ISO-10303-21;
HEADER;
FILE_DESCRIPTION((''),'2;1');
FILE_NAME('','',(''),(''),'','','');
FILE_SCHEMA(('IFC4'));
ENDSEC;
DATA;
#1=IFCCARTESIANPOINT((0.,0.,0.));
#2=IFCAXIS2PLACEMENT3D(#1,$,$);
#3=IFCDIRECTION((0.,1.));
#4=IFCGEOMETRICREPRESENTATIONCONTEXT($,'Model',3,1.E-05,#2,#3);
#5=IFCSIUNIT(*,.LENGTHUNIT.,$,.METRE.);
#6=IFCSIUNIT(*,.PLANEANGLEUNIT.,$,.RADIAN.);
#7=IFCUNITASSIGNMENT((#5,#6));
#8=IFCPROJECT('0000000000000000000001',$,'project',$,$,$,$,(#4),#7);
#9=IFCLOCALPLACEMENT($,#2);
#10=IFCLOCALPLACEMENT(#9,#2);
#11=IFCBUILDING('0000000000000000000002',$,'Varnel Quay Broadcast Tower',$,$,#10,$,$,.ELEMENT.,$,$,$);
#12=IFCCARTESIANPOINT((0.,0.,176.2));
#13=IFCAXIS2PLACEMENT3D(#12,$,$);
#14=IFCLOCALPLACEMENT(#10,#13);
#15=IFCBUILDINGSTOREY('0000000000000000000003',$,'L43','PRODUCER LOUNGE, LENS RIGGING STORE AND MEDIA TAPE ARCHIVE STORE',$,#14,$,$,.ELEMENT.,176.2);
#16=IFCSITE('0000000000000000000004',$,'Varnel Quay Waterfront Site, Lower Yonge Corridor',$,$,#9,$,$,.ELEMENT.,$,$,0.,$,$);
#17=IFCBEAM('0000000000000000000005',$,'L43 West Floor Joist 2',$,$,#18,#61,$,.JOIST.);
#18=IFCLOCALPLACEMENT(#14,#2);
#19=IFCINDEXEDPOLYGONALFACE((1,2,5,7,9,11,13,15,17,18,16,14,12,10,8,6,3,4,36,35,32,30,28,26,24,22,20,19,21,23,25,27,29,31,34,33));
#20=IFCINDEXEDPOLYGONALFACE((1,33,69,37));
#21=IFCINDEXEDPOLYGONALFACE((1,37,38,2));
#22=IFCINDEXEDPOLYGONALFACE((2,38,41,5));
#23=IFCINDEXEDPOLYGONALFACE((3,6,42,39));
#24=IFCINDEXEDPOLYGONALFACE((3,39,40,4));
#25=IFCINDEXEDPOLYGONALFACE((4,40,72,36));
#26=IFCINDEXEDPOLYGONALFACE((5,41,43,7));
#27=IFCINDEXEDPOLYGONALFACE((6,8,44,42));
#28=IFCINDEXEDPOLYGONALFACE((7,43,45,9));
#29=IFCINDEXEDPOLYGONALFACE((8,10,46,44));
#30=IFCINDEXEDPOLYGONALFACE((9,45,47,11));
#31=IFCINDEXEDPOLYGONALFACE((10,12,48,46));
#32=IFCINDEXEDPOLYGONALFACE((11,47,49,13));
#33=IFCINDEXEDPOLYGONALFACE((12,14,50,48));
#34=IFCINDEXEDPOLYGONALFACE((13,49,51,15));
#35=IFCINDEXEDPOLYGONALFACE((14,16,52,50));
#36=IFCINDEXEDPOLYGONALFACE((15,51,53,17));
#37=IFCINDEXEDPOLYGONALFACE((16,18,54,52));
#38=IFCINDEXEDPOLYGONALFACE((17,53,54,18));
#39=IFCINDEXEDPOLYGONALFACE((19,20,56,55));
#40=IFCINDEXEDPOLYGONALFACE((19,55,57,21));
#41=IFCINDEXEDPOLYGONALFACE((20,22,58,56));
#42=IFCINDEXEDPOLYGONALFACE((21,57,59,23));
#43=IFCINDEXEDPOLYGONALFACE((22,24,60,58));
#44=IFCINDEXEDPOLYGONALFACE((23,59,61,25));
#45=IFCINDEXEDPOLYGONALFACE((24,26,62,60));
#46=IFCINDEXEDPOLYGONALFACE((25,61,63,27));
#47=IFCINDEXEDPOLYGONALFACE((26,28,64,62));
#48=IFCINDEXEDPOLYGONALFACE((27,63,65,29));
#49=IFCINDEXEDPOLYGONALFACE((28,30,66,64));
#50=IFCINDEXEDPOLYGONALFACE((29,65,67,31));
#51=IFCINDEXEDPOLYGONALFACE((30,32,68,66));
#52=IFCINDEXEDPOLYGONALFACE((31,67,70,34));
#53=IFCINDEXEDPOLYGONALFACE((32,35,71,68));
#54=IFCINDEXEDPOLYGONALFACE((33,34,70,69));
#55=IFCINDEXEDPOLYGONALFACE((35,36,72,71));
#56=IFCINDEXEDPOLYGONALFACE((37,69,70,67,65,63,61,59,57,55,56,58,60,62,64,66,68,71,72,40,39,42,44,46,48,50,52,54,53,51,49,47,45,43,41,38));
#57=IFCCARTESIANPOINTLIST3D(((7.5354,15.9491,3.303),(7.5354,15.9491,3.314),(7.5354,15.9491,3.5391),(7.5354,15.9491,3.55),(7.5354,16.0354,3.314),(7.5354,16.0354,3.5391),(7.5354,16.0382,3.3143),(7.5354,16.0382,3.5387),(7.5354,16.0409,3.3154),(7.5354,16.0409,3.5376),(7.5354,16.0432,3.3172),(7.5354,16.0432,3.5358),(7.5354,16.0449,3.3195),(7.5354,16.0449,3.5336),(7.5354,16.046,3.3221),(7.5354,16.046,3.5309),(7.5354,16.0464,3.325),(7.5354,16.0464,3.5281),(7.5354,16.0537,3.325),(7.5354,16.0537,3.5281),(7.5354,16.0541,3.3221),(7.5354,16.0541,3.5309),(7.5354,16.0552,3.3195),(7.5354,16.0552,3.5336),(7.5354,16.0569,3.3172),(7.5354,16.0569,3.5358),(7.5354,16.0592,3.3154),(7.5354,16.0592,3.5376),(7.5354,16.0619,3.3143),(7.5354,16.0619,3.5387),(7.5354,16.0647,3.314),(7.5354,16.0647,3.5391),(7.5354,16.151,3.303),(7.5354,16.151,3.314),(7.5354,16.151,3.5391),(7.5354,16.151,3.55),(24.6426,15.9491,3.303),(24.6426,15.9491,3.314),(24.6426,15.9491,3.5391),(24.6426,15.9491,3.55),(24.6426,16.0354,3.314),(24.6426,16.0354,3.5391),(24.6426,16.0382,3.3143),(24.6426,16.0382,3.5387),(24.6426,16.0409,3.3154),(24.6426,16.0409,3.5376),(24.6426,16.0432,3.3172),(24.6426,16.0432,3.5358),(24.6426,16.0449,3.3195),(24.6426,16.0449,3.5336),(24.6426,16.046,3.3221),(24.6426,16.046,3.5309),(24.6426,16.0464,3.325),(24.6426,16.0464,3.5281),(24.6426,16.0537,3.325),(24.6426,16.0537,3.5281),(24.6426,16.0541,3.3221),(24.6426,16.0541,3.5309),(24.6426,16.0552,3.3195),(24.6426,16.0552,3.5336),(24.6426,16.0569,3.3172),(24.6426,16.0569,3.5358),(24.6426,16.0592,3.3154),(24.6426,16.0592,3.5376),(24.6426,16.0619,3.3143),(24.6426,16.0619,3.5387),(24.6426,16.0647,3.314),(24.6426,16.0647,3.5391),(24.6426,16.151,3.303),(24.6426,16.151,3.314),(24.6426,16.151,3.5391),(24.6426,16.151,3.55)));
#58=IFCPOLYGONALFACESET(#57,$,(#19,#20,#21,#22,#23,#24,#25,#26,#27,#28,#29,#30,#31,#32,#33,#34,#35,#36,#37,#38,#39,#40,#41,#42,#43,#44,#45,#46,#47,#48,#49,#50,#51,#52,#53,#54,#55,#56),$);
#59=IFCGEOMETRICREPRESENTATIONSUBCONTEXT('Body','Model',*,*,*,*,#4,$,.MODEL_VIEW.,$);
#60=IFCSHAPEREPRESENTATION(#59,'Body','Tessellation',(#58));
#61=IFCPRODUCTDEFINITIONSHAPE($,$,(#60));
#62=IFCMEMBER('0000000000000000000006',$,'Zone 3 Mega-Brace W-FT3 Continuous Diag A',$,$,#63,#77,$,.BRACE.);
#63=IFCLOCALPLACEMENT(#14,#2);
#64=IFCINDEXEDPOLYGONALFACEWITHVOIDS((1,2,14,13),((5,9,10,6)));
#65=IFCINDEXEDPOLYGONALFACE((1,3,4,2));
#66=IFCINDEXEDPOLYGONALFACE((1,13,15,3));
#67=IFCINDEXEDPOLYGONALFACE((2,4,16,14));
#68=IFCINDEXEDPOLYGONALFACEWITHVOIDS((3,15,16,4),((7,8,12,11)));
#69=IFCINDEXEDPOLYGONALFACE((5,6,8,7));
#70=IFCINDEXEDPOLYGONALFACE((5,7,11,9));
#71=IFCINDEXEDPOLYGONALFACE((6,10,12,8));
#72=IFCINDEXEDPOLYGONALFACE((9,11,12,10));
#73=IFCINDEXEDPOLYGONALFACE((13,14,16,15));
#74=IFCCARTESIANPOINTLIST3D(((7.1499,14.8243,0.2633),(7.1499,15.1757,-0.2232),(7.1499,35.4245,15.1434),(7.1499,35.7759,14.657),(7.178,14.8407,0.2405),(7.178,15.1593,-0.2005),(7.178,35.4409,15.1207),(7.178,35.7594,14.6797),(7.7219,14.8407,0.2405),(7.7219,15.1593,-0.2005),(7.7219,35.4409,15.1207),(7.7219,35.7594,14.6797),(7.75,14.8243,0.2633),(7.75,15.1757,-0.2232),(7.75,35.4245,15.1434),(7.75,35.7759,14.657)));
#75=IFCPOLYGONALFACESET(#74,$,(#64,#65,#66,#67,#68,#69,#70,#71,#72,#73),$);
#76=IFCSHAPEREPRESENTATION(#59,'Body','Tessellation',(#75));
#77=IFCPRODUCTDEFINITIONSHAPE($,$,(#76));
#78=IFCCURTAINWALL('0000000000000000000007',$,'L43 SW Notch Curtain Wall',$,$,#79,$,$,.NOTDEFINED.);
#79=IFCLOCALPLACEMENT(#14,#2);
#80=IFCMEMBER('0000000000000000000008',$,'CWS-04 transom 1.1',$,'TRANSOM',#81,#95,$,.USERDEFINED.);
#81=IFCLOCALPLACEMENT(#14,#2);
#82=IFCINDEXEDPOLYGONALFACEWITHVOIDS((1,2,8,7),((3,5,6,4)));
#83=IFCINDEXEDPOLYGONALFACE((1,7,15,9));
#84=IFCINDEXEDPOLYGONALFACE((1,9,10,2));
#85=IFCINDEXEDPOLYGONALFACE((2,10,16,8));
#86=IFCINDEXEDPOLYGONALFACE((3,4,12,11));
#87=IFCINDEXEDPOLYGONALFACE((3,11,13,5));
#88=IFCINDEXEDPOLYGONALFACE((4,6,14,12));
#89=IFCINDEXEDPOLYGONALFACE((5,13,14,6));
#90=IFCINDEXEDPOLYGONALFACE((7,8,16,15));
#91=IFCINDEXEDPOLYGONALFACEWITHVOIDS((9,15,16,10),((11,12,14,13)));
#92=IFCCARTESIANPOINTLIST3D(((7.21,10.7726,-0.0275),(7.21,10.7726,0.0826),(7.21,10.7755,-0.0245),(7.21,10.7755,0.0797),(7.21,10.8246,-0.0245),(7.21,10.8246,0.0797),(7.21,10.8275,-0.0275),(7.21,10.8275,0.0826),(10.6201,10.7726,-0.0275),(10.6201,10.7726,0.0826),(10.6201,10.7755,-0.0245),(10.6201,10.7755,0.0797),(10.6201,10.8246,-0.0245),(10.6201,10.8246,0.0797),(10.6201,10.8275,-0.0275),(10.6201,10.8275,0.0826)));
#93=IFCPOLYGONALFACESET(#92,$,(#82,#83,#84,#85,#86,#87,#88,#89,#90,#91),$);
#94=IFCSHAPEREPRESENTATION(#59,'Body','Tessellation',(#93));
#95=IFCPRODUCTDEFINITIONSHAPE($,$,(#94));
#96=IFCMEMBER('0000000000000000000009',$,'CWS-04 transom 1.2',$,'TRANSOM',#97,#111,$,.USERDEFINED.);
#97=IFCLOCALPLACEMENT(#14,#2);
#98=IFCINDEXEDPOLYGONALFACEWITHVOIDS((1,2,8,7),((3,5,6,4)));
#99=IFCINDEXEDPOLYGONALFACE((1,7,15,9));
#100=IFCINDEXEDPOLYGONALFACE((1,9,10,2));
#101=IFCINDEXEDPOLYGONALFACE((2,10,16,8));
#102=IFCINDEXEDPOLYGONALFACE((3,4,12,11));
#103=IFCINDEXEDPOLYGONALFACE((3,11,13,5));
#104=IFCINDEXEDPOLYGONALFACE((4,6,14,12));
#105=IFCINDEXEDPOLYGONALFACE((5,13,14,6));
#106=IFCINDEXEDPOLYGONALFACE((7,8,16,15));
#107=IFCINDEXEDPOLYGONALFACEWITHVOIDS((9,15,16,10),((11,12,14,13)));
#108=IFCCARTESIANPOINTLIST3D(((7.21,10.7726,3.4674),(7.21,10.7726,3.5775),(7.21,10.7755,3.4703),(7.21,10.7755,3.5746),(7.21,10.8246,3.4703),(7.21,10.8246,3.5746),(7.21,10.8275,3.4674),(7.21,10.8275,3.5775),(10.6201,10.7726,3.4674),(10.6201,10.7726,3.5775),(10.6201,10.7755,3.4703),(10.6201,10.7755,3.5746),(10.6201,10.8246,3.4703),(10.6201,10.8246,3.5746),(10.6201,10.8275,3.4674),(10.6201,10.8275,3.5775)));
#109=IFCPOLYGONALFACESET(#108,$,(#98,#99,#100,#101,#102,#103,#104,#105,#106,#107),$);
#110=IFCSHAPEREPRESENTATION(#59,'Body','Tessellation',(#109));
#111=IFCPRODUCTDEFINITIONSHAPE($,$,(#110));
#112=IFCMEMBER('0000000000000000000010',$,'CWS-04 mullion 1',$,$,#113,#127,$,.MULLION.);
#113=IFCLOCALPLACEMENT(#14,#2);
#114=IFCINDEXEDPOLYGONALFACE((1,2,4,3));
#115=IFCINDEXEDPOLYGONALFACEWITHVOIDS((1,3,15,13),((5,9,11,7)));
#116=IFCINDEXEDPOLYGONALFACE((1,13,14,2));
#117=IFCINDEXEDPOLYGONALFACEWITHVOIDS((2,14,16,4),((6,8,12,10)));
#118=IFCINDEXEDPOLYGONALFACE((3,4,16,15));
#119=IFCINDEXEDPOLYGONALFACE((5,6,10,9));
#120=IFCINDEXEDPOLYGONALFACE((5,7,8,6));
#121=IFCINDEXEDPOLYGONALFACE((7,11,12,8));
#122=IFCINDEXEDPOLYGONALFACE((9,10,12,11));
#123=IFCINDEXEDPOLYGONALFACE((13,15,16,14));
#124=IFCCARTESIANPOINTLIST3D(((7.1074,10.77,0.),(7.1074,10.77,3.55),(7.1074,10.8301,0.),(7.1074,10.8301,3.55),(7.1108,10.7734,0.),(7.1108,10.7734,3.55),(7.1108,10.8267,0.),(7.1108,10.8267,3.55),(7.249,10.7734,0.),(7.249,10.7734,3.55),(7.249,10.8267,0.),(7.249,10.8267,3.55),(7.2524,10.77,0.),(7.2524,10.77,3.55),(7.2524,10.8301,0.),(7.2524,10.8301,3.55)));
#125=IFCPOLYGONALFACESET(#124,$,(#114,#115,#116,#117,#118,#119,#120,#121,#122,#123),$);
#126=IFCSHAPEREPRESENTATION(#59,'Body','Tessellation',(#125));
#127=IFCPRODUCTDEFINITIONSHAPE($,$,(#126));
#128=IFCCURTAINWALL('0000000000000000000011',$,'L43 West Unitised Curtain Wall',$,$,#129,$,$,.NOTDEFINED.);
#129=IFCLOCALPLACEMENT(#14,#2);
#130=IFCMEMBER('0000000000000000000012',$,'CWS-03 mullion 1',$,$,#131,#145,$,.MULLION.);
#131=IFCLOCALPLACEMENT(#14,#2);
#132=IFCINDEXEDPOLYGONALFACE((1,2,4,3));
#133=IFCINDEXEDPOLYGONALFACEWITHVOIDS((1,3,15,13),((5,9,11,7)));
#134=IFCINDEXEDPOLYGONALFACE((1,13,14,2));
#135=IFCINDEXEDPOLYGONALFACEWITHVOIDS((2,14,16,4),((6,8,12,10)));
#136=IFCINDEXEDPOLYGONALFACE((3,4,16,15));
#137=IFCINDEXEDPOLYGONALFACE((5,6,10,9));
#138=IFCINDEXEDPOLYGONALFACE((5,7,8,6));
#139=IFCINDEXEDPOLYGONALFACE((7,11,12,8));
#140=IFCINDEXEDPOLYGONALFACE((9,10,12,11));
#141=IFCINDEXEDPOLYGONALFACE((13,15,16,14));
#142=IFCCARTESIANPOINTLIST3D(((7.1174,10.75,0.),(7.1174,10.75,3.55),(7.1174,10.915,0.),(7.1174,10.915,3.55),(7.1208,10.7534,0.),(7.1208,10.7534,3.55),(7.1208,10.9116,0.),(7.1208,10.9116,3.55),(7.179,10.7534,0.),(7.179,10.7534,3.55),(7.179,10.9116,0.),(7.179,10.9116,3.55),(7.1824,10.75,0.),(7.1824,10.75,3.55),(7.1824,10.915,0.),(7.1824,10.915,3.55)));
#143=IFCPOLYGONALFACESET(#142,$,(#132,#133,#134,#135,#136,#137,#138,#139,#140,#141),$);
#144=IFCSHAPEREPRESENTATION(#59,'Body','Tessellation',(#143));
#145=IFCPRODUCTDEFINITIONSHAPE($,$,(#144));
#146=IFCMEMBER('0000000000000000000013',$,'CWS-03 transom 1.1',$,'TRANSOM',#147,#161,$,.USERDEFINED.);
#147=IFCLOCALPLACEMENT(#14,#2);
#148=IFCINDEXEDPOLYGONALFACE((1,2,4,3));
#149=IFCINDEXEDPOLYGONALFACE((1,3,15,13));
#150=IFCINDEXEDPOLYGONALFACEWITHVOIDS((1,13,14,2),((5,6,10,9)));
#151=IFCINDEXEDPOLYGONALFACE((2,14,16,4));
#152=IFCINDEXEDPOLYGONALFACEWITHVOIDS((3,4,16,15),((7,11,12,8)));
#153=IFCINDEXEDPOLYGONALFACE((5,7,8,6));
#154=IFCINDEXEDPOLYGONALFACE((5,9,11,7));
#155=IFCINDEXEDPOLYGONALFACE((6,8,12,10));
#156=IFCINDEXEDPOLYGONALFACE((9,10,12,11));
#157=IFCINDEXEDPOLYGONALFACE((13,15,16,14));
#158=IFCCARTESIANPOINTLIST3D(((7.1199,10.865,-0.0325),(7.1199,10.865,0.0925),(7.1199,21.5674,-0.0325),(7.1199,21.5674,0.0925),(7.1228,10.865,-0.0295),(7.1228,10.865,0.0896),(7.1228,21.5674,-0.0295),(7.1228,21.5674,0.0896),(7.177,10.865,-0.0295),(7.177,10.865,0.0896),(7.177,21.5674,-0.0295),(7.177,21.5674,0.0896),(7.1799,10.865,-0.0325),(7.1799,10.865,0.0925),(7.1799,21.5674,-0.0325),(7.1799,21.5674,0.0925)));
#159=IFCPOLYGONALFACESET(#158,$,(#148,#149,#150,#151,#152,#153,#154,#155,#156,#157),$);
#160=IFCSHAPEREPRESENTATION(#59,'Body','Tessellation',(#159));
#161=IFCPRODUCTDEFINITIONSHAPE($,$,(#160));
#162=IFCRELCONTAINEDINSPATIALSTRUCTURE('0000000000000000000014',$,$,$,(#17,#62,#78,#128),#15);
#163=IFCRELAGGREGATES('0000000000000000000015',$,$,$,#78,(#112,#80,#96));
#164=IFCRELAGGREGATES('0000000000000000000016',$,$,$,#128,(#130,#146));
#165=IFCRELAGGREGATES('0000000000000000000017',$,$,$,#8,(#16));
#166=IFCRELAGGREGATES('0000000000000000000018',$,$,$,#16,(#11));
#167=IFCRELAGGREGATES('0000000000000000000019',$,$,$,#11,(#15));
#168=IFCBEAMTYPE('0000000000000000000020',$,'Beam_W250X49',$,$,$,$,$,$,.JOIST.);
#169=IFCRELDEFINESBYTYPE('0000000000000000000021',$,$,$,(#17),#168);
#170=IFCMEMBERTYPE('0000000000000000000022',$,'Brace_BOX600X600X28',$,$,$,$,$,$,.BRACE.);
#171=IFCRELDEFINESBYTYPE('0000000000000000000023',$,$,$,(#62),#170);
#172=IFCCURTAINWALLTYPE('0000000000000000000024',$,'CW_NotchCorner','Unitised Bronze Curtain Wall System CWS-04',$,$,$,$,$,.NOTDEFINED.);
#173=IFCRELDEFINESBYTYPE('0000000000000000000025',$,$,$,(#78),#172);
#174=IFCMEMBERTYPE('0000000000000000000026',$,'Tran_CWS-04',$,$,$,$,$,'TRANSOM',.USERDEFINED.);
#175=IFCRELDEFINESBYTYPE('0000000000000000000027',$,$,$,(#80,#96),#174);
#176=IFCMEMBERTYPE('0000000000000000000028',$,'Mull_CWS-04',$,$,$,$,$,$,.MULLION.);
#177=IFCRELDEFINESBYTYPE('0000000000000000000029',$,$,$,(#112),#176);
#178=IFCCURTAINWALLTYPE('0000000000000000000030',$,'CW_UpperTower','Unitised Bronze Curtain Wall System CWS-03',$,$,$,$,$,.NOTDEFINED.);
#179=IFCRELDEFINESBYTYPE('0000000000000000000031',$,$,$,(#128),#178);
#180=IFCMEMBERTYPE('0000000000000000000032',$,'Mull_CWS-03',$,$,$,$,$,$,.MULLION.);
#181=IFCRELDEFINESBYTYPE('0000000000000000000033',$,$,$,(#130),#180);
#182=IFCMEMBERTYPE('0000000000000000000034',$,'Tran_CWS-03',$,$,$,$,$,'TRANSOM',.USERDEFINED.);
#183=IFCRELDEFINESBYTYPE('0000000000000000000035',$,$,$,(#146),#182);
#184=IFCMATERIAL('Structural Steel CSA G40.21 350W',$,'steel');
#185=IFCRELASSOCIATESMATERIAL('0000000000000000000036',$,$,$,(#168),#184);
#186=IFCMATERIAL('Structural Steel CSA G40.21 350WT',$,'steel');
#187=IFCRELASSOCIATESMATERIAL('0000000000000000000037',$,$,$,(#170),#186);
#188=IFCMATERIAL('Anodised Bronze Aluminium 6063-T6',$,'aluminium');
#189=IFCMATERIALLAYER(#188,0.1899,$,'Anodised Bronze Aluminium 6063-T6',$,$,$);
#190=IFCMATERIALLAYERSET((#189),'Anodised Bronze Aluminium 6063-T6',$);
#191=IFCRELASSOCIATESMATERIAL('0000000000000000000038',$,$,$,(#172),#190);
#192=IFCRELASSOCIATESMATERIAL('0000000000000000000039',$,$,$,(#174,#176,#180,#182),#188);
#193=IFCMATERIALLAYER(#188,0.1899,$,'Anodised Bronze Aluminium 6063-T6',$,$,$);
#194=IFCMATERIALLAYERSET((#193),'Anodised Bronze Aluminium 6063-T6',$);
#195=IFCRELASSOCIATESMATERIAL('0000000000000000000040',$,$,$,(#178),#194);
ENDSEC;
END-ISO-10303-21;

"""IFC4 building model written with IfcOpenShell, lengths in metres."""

from ifc_helpers import new_model, si_unit, direction, frame, origin, origin_2d, place, context, subcontext, project, spatial, hollow_rectangle, i_section, extrude, source, transform, mapped, material, layer, layer_set, material_profile, profile_set, type_object, type_shapes, element, aggregate, save


model = new_model("IFC4")

# Units and contexts
model_context = context("Model", 3, precision=1e-05, world=origin(), true_north=direction((0.0, 1.0)))
body_context = subcontext(model_context, "Body", "Model", "MODEL_VIEW")
ifc_project = project(units=[si_unit("LENGTHUNIT", "METRE"), si_unit("PLANEANGLEUNIT", "RADIAN")], contexts=[model_context])

# Site, building, storey
site_placement = place(None, origin())
site = spatial("IfcSite", under=ifc_project, at=site_placement, Name="Varnel Quay Waterfront Site, Lower Yonge Corridor", CompositionType="ELEMENT", RefElevation=0.0)
building_placement = place(site_placement, origin())
building = spatial("IfcBuilding", under=site, at=building_placement, Name="Varnel Quay Broadcast Tower", CompositionType="ELEMENT")
storey_placement = place(building_placement, frame((0.0, 0.0, 176.2)))
storey = spatial("IfcBuildingStorey", under=building, at=storey_placement, Name="L43", Description="PRODUCER LOUNGE, LENS RIGGING STORE AND MEDIA TAPE ARCHIVE STORE", CompositionType="ELEMENT", Elevation=176.2)

# Shared definitions
ifc_material_1 = material(Name="Structural Steel CSA G40.21 350W", Category="steel")

# Beam
ifc_material_profile_1 = material_profile(ifc_material_1, i_section(OverallWidth=0.2019, OverallDepth=0.2471, WebThickness=0.0073, FlangeThickness=0.011, FilletRadius=0.011, at=origin_2d()), Name="W250X49")
ifc_profile_set_1 = profile_set([ifc_material_profile_1], Name="Structural Steel CSA G40.21 350W")
beam_type_1 = type_object("IfcBeamType", Name="Beam_W250X49", PredefinedType="JOIST", material=ifc_profile_set_1)
shared_shape_1 = source(origin(), body_context, "Body", "SweptSolid", [
    extrude(i_section(OverallWidth=0.2019, OverallDepth=0.2471, WebThickness=0.0073, FlangeThickness=0.011, FilletRadius=0.011, at=origin_2d()), origin(), (0.0, 0.0, 1.0), 17.1072),
])
type_shapes(beam_type_1, [shared_shape_1])
beam_1_placement = place(storey_placement, frame((7.5354, 16.05, 3.4265), z_axis=(1.0, 0.0, 0.0), x_axis=(0.0, 1.0, 0.0)))
element("IfcBeam", 1, at=beam_1_placement, inside=storey, type_object=beam_type_1, Name="L43 West Floor Joist 2", PredefinedType="JOIST", context=body_context, shape_type="MappedRepresentation", body=[
    mapped(shared_shape_1, transform((0.0, 0.0, 0.0), x_axis=(1.0, 0.0, 0.0), y_axis=(0.0, 1.0, 0.0), z_axis=(0.0, 0.0, 1.0), scale=1.0)),
])

# Member
ifc_material_2 = material(Name="Structural Steel CSA G40.21 350WT", Category="steel")
ifc_material_profile_2 = material_profile(ifc_material_2, hollow_rectangle(XDim=0.6001, YDim=0.6001, WallThickness=0.0281, at=origin_2d()), Name="BOX600X600X28")
ifc_profile_set_2 = profile_set([ifc_material_profile_2], Name="Structural Steel CSA G40.21 350WT")
member_type_1 = type_object("IfcMemberType", Name="Brace_BOX600X600X28", PredefinedType="BRACE", material=ifc_profile_set_2)
shared_shape_2 = source(origin(), body_context, "Body", "SweptSolid", [
    extrude(hollow_rectangle(XDim=0.6001, YDim=0.6001, WallThickness=0.0281, at=origin_2d()), origin(), (0.0, 0.0, 1.0), 25.4124),
])
type_shapes(member_type_1, [shared_shape_2])
member_1_placement = place(storey_placement, frame((7.45, 15.0, 0.02), z_axis=(0.0, 0.810637, 0.585549), x_axis=(-1.0, 0.0, 0.0)))
element("IfcMember", 2, at=member_1_placement, inside=storey, type_object=member_type_1, Name="Zone 3 Mega-Brace W-FT3 Continuous Diag A", PredefinedType="BRACE", context=body_context, shape_type="MappedRepresentation", body=[
    mapped(shared_shape_2, transform((0.0, 0.0, 0.0), x_axis=(1.0, 0.0, 0.0), y_axis=(0.0, 1.0, 0.0), z_axis=(0.0, 0.0, 1.0), scale=1.0)),
])

# Curtain walls, members
ifc_material_3 = material(Name="Anodised Bronze Aluminium 6063-T6", Category="aluminium")
ifc_layer_1 = layer(ifc_material_3, 0.1899, Name="Anodised Bronze Aluminium 6063-T6")
ifc_layer_set_1 = layer_set([ifc_layer_1], Name="Anodised Bronze Aluminium 6063-T6")
curtain_wall_type_1 = type_object("IfcCurtainWallType", Name="CW_NotchCorner", Description="Unitised Bronze Curtain Wall System CWS-04", PredefinedType="NOTDEFINED", material=ifc_layer_set_1)
curtain_wall_1_placement = place(storey_placement, origin())
curtain_wall_1 = element("IfcCurtainWall", 3, at=curtain_wall_1_placement, inside=storey, type_object=curtain_wall_type_1, Name="L43 SW Notch Curtain Wall", PredefinedType="NOTDEFINED")
ifc_material_profile_3 = material_profile(ifc_material_3, hollow_rectangle(XDim=0.0549, YDim=0.1101, WallThickness=0.0029, at=origin_2d()), Name="ALU55X110X3")
ifc_profile_set_3 = profile_set([ifc_material_profile_3], Name="Anodised Bronze Aluminium 6063-T6")
member_type_2 = type_object("IfcMemberType", Name="Tran_CWS-04", ElementType="TRANSOM", PredefinedType="USERDEFINED", material=ifc_profile_set_3)
shared_shape_3 = source(origin(), body_context, "Body", "SweptSolid", [
    extrude(hollow_rectangle(XDim=0.0549, YDim=0.1101, WallThickness=0.0029, at=origin_2d()), origin(), (0.0, 0.0, 1.0), 3.4102),
])
type_shapes(member_type_2, [shared_shape_3])
member_2_placement = place(storey_placement, frame((7.21, 10.8, 0.0276), z_axis=(1.0, 0.0, 0.0), x_axis=(0.0, 1.0, 0.0)))
member_2 = element("IfcMember", 4, at=member_2_placement, type_object=member_type_2, Name="CWS-04 transom 1.1", ObjectType="TRANSOM", PredefinedType="USERDEFINED", context=body_context, shape_type="MappedRepresentation", body=[
    mapped(shared_shape_3, transform((0.0, 0.0, 0.0), x_axis=(1.0, 0.0, 0.0), y_axis=(0.0, 1.0, 0.0), z_axis=(0.0, 0.0, 1.0), scale=1.0)),
])
member_3_placement = place(storey_placement, frame((7.21, 10.8, 3.5225), z_axis=(1.0, 0.0, 0.0), x_axis=(0.0, 1.0, 0.0)))
member_3 = element("IfcMember", 5, at=member_3_placement, type_object=member_type_2, Name="CWS-04 transom 1.2", ObjectType="TRANSOM", PredefinedType="USERDEFINED", context=body_context, shape_type="MappedRepresentation", body=[
    mapped(shared_shape_3, transform((0.0, 0.0, 0.0), x_axis=(1.0, 0.0, 0.0), y_axis=(0.0, 1.0, 0.0), z_axis=(0.0, 0.0, 1.0), scale=1.0)),
])
ifc_material_profile_4 = material_profile(ifc_material_3, hollow_rectangle(XDim=0.0601, YDim=0.145, WallThickness=0.0034, at=origin_2d()), Name="ALU60X145X3.5")
ifc_profile_set_4 = profile_set([ifc_material_profile_4], Name="Anodised Bronze Aluminium 6063-T6")
member_type_3 = type_object("IfcMemberType", Name="Mull_CWS-04", PredefinedType="MULLION", material=ifc_profile_set_4)
shared_shape_4 = source(origin(), body_context, "Body", "SweptSolid", [
    extrude(hollow_rectangle(XDim=0.0601, YDim=0.145, WallThickness=0.0034, at=origin_2d()), origin(), (0.0, 0.0, 1.0), 3.55),
])
type_shapes(member_type_3, [shared_shape_4])
member_4_placement = place(storey_placement, frame((7.1799, 10.8, 0.0), z_axis=(0.0, 0.0, 1.0), x_axis=(0.0, 1.0, 0.0)))
member_4 = element("IfcMember", 6, at=member_4_placement, type_object=member_type_3, Name="CWS-04 mullion 1", PredefinedType="MULLION", context=body_context, shape_type="MappedRepresentation", body=[
    mapped(shared_shape_4, transform((0.0, 0.0, 0.0), x_axis=(1.0, 0.0, 0.0), y_axis=(0.0, 1.0, 0.0), z_axis=(0.0, 0.0, 1.0), scale=1.0)),
])
aggregate(curtain_wall_1, [member_4, member_2, member_3])
ifc_layer_2 = layer(ifc_material_3, 0.1899, Name="Anodised Bronze Aluminium 6063-T6")
ifc_layer_set_2 = layer_set([ifc_layer_2], Name="Anodised Bronze Aluminium 6063-T6")
curtain_wall_type_2 = type_object("IfcCurtainWallType", Name="CW_UpperTower", Description="Unitised Bronze Curtain Wall System CWS-03", PredefinedType="NOTDEFINED", material=ifc_layer_set_2)
curtain_wall_2_placement = place(storey_placement, origin())
curtain_wall_2 = element("IfcCurtainWall", 7, at=curtain_wall_2_placement, inside=storey, type_object=curtain_wall_type_2, Name="L43 West Unitised Curtain Wall", PredefinedType="NOTDEFINED")
ifc_material_profile_5 = material_profile(ifc_material_3, hollow_rectangle(XDim=0.0649, YDim=0.165, WallThickness=0.0034, at=origin_2d()), Name="ALU65X165X3.5")
ifc_profile_set_5 = profile_set([ifc_material_profile_5], Name="Anodised Bronze Aluminium 6063-T6")
member_type_4 = type_object("IfcMemberType", Name="Mull_CWS-03", PredefinedType="MULLION", material=ifc_profile_set_5)
shared_shape_5 = source(origin(), body_context, "Body", "SweptSolid", [
    extrude(hollow_rectangle(XDim=0.0649, YDim=0.165, WallThickness=0.0034, at=origin_2d()), origin(), (0.0, 0.0, 1.0), 3.55),
])
type_shapes(member_type_4, [shared_shape_5])
member_5_placement = place(storey_placement, frame((7.1499, 10.8325, 0.0), z_axis=(0.0, 0.0, 1.0), x_axis=(-1.0, 0.0, 0.0)))
member_5 = element("IfcMember", 8, at=member_5_placement, type_object=member_type_4, Name="CWS-03 mullion 1", PredefinedType="MULLION", context=body_context, shape_type="MappedRepresentation", body=[
    mapped(shared_shape_5, transform((0.0, 0.0, 0.0), x_axis=(1.0, 0.0, 0.0), y_axis=(0.0, 1.0, 0.0), z_axis=(0.0, 0.0, 1.0), scale=1.0)),
])
ifc_material_profile_6 = material_profile(ifc_material_3, hollow_rectangle(XDim=0.0601, YDim=0.125, WallThickness=0.0029, at=origin_2d()), Name="ALU60X125X3")
ifc_profile_set_6 = profile_set([ifc_material_profile_6], Name="Anodised Bronze Aluminium 6063-T6")
member_type_5 = type_object("IfcMemberType", Name="Tran_CWS-03", ElementType="TRANSOM", PredefinedType="USERDEFINED", material=ifc_profile_set_6)
shared_shape_6 = source(origin(), body_context, "Body", "SweptSolid", [
    extrude(hollow_rectangle(XDim=0.0601, YDim=0.125, WallThickness=0.0029, at=origin_2d()), origin(), (0.0, 0.0, 1.0), 10.7024),
])
type_shapes(member_type_5, [shared_shape_6])
member_6_placement = place(storey_placement, frame((7.1499, 10.865, 0.03), z_axis=(0.0, 1.0, 0.0), x_axis=(-1.0, 0.0, 0.0)))
member_6 = element("IfcMember", 9, at=member_6_placement, type_object=member_type_5, Name="CWS-03 transom 1.1", ObjectType="TRANSOM", PredefinedType="USERDEFINED", context=body_context, shape_type="MappedRepresentation", body=[
    mapped(shared_shape_6, transform((0.0, 0.0, 0.0), x_axis=(1.0, 0.0, 0.0), y_axis=(0.0, 1.0, 0.0), z_axis=(0.0, 0.0, 1.0), scale=1.0)),
])
aggregate(curtain_wall_2, [member_5, member_6])

save(model, "model.ifc")
